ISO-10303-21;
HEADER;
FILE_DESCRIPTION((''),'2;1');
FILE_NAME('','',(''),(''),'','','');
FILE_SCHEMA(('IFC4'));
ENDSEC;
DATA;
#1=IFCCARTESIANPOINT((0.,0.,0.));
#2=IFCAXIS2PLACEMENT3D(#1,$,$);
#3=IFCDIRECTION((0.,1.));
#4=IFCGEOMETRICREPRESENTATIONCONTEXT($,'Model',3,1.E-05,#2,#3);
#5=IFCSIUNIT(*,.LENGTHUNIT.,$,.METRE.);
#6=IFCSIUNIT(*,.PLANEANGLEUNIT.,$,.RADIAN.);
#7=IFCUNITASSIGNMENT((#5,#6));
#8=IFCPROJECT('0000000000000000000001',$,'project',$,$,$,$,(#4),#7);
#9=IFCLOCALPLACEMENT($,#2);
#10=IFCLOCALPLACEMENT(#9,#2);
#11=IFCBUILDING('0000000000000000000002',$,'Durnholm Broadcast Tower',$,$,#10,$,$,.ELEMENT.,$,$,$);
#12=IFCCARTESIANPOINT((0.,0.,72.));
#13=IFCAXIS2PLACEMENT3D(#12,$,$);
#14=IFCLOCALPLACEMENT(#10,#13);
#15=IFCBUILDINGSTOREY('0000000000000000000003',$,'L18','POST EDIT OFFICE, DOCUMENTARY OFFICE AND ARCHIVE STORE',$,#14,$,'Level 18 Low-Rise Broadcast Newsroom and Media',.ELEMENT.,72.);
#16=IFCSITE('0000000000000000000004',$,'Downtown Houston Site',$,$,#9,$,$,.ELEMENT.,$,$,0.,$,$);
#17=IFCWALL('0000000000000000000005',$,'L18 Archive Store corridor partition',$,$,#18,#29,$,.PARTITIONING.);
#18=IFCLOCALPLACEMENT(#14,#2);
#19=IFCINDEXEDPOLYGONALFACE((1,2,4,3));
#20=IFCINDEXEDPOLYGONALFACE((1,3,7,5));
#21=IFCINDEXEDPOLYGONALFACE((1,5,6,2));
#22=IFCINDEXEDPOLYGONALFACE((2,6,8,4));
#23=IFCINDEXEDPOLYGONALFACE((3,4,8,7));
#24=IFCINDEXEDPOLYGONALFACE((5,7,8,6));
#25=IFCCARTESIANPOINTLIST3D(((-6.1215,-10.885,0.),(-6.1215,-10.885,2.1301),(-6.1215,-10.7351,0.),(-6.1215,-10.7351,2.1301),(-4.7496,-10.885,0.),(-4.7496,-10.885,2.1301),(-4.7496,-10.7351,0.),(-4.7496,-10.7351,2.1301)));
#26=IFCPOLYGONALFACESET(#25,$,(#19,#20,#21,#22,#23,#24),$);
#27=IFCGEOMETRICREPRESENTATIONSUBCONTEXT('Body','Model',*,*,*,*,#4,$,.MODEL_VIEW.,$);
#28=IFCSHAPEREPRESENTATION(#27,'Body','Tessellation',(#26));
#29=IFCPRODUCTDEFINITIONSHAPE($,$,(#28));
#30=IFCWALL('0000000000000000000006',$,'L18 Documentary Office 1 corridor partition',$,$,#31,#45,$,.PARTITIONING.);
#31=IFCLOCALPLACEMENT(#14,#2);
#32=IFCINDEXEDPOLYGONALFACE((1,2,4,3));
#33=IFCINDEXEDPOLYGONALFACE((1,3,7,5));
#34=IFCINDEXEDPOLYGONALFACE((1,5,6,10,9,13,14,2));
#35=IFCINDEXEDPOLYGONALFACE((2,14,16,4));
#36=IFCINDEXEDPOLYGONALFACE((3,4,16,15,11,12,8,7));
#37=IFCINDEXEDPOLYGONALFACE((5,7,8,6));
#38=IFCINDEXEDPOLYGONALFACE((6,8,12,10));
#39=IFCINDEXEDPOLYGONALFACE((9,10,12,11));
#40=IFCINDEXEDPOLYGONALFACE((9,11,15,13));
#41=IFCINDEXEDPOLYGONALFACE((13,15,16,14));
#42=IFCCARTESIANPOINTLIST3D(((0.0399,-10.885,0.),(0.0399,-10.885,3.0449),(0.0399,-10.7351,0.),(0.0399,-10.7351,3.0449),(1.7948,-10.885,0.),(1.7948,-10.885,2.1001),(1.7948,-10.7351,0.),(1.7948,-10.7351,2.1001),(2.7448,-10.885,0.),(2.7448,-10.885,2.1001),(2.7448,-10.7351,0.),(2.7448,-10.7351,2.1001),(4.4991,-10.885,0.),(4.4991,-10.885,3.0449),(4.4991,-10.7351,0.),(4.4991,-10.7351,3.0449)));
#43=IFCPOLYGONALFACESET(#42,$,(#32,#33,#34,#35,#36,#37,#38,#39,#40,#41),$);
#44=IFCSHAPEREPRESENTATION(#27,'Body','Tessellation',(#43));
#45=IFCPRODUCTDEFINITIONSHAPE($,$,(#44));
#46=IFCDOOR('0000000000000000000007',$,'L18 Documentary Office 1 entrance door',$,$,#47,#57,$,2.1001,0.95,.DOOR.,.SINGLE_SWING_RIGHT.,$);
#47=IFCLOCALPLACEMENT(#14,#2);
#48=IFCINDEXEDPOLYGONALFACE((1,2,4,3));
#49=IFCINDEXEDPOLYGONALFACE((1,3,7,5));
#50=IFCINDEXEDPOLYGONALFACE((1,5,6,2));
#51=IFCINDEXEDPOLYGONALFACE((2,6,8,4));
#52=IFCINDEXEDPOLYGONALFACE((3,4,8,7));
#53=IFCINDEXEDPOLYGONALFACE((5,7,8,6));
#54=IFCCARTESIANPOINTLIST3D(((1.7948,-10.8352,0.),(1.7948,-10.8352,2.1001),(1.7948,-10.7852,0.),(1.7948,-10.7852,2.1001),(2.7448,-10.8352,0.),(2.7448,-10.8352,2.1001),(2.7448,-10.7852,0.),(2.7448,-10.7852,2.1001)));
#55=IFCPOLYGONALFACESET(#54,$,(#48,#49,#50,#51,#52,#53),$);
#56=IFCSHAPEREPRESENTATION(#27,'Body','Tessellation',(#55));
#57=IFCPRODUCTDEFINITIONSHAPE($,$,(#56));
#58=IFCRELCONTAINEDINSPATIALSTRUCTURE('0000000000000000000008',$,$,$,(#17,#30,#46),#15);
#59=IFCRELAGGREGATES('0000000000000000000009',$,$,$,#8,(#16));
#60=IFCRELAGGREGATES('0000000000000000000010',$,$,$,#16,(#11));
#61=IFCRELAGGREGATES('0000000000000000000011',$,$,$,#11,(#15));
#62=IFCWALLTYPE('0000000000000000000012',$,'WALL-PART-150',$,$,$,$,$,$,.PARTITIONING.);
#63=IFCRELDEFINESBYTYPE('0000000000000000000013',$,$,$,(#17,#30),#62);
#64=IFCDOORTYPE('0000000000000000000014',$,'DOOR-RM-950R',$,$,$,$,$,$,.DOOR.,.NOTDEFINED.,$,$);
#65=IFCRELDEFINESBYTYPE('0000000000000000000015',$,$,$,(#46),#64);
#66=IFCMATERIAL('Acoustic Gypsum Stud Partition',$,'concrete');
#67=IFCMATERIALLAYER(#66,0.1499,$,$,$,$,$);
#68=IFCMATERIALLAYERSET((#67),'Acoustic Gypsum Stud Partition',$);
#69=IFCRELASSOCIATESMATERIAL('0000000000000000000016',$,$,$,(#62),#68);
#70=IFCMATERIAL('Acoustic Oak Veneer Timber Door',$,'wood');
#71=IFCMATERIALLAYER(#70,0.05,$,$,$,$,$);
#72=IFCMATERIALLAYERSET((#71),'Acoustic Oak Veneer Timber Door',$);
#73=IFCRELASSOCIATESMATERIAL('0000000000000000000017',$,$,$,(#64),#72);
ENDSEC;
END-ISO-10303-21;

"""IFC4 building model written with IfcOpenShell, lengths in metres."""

from ifc_helpers import new_model, si_unit, direction, frame, frame_2d, origin, place, context, subcontext, project, spatial, rectangle, extrude, source, transform, mapped, material, layer, layer_set, type_object, type_shapes, element, fill, save


model = new_model("IFC4")

# Units and contexts
model_context = context("Model", 3, precision=1e-05, world=origin(), true_north=direction((0.0, 1.0)))
body_context = subcontext(model_context, "Body", "Model", "MODEL_VIEW")
ifc_project = project(units=[si_unit("LENGTHUNIT", "METRE"), si_unit("PLANEANGLEUNIT", "RADIAN")], contexts=[model_context])

# Site, building, storey
site_placement = place(None, origin())
site = spatial("IfcSite", under=ifc_project, at=site_placement, Name="Downtown Houston Site", CompositionType="ELEMENT", RefElevation=0.0)
building_placement = place(site_placement, origin())
building = spatial("IfcBuilding", under=site, at=building_placement, Name="Durnholm Broadcast Tower", CompositionType="ELEMENT")
storey_placement = place(building_placement, frame((0.0, 0.0, 72.0)))
storey = spatial("IfcBuildingStorey", under=building, at=storey_placement, Name="L18", Description="POST EDIT OFFICE, DOCUMENTARY OFFICE AND ARCHIVE STORE", LongName="Level 18 Low-Rise Broadcast Newsroom and Media", CompositionType="ELEMENT", Elevation=72.0)

# Shared definitions
ifc_material_1 = material(Name="Acoustic Gypsum Stud Partition", Category="concrete")
ifc_layer_1 = layer(ifc_material_1, 0.1499)
ifc_layer_set_1 = layer_set([ifc_layer_1], Name="Acoustic Gypsum Stud Partition")
wall_type_1 = type_object("IfcWallType", Name="WALL-PART-150", PredefinedType="PARTITIONING", material=ifc_layer_set_1)

# Wall
wall_1_placement = place(storey_placement, frame((-6.1216, -10.8101, 0.0), z_axis=(0.0, 0.0, 1.0), x_axis=(1.0, 0.0, 0.0)))
element("IfcWall", 1, at=wall_1_placement, inside=storey, type_object=wall_type_1, Name="L18 Archive Store corridor partition", PredefinedType="PARTITIONING", context=body_context, shape_type="SweptSolid", body=[
    extrude(rectangle(XDim=1.3718, YDim=0.1499, at=frame_2d((0.686, 0.0))), origin(), (0.0, 0.0, 1.0), 2.1301),
])

# Wall, opening, door
wall_2_placement = place(storey_placement, frame((0.04, -10.8101, 0.0), z_axis=(0.0, 0.0, 1.0), x_axis=(1.0, 0.0, 0.0)))
wall_2 = element("IfcWall", 2, at=wall_2_placement, inside=storey, type_object=wall_type_1, Name="L18 Documentary Office 1 corridor partition", PredefinedType="PARTITIONING", context=body_context, shape_type="SweptSolid", body=[
    extrude(rectangle(XDim=4.4592, YDim=0.1499, at=frame_2d((2.2295, 0.0))), origin(), (0.0, 0.0, 1.0), 3.0449),
])
opening_1_placement = place(wall_2_placement, frame((1.7546, 0.0, 0.0)))
opening_1 = element("IfcOpeningElement", 3, at=opening_1_placement, cuts=wall_2, PredefinedType="OPENING", context=body_context, shape_type="SweptSolid", body=[
    extrude(rectangle(XDim=0.95, YDim=2.1001, at=frame_2d((0.4751, 1.05))), frame((0.0, 0.085, 0.0), z_axis=(0.0, -1.0, 0.0), x_axis=(1.0, 0.0, 0.0)), (0.0, 0.0, 1.0), 0.1699),
])
ifc_material_2 = material(Name="Acoustic Oak Veneer Timber Door", Category="wood")
ifc_layer_2 = layer(ifc_material_2, 0.05)
ifc_layer_set_2 = layer_set([ifc_layer_2], Name="Acoustic Oak Veneer Timber Door")
door_type_1 = type_object("IfcDoorType", Name="DOOR-RM-950R", OperationType="NOTDEFINED", PredefinedType="DOOR", material=ifc_layer_set_2)
shared_shape_1 = source(origin(), body_context, "Body", "SweptSolid", [
    extrude(rectangle(XDim=0.95, YDim=2.1001, at=frame_2d((0.4751, 1.05))), frame((0.0, 0.0249, 0.0), z_axis=(0.0, -1.0, 0.0), x_axis=(1.0, 0.0, 0.0)), (0.0, 0.0, 1.0), 0.05),
])
type_shapes(door_type_1, [shared_shape_1])
door_1_placement = place(opening_1_placement, origin())
door_1 = element("IfcDoor", 4, at=door_1_placement, inside=storey, type_object=door_type_1, Name="L18 Documentary Office 1 entrance door", OperationType="SINGLE_SWING_RIGHT", OverallHeight=2.1001, OverallWidth=0.95, PredefinedType="DOOR", context=body_context, shape_type="MappedRepresentation", body=[
    mapped(shared_shape_1, transform((0.0, 0.0, 0.0), x_axis=(1.0, 0.0, 0.0), y_axis=(0.0, 1.0, 0.0), z_axis=(0.0, 0.0, 1.0), scale=1.0)),
])
fill(opening_1, door_1)

save(model, "model.ifc")
